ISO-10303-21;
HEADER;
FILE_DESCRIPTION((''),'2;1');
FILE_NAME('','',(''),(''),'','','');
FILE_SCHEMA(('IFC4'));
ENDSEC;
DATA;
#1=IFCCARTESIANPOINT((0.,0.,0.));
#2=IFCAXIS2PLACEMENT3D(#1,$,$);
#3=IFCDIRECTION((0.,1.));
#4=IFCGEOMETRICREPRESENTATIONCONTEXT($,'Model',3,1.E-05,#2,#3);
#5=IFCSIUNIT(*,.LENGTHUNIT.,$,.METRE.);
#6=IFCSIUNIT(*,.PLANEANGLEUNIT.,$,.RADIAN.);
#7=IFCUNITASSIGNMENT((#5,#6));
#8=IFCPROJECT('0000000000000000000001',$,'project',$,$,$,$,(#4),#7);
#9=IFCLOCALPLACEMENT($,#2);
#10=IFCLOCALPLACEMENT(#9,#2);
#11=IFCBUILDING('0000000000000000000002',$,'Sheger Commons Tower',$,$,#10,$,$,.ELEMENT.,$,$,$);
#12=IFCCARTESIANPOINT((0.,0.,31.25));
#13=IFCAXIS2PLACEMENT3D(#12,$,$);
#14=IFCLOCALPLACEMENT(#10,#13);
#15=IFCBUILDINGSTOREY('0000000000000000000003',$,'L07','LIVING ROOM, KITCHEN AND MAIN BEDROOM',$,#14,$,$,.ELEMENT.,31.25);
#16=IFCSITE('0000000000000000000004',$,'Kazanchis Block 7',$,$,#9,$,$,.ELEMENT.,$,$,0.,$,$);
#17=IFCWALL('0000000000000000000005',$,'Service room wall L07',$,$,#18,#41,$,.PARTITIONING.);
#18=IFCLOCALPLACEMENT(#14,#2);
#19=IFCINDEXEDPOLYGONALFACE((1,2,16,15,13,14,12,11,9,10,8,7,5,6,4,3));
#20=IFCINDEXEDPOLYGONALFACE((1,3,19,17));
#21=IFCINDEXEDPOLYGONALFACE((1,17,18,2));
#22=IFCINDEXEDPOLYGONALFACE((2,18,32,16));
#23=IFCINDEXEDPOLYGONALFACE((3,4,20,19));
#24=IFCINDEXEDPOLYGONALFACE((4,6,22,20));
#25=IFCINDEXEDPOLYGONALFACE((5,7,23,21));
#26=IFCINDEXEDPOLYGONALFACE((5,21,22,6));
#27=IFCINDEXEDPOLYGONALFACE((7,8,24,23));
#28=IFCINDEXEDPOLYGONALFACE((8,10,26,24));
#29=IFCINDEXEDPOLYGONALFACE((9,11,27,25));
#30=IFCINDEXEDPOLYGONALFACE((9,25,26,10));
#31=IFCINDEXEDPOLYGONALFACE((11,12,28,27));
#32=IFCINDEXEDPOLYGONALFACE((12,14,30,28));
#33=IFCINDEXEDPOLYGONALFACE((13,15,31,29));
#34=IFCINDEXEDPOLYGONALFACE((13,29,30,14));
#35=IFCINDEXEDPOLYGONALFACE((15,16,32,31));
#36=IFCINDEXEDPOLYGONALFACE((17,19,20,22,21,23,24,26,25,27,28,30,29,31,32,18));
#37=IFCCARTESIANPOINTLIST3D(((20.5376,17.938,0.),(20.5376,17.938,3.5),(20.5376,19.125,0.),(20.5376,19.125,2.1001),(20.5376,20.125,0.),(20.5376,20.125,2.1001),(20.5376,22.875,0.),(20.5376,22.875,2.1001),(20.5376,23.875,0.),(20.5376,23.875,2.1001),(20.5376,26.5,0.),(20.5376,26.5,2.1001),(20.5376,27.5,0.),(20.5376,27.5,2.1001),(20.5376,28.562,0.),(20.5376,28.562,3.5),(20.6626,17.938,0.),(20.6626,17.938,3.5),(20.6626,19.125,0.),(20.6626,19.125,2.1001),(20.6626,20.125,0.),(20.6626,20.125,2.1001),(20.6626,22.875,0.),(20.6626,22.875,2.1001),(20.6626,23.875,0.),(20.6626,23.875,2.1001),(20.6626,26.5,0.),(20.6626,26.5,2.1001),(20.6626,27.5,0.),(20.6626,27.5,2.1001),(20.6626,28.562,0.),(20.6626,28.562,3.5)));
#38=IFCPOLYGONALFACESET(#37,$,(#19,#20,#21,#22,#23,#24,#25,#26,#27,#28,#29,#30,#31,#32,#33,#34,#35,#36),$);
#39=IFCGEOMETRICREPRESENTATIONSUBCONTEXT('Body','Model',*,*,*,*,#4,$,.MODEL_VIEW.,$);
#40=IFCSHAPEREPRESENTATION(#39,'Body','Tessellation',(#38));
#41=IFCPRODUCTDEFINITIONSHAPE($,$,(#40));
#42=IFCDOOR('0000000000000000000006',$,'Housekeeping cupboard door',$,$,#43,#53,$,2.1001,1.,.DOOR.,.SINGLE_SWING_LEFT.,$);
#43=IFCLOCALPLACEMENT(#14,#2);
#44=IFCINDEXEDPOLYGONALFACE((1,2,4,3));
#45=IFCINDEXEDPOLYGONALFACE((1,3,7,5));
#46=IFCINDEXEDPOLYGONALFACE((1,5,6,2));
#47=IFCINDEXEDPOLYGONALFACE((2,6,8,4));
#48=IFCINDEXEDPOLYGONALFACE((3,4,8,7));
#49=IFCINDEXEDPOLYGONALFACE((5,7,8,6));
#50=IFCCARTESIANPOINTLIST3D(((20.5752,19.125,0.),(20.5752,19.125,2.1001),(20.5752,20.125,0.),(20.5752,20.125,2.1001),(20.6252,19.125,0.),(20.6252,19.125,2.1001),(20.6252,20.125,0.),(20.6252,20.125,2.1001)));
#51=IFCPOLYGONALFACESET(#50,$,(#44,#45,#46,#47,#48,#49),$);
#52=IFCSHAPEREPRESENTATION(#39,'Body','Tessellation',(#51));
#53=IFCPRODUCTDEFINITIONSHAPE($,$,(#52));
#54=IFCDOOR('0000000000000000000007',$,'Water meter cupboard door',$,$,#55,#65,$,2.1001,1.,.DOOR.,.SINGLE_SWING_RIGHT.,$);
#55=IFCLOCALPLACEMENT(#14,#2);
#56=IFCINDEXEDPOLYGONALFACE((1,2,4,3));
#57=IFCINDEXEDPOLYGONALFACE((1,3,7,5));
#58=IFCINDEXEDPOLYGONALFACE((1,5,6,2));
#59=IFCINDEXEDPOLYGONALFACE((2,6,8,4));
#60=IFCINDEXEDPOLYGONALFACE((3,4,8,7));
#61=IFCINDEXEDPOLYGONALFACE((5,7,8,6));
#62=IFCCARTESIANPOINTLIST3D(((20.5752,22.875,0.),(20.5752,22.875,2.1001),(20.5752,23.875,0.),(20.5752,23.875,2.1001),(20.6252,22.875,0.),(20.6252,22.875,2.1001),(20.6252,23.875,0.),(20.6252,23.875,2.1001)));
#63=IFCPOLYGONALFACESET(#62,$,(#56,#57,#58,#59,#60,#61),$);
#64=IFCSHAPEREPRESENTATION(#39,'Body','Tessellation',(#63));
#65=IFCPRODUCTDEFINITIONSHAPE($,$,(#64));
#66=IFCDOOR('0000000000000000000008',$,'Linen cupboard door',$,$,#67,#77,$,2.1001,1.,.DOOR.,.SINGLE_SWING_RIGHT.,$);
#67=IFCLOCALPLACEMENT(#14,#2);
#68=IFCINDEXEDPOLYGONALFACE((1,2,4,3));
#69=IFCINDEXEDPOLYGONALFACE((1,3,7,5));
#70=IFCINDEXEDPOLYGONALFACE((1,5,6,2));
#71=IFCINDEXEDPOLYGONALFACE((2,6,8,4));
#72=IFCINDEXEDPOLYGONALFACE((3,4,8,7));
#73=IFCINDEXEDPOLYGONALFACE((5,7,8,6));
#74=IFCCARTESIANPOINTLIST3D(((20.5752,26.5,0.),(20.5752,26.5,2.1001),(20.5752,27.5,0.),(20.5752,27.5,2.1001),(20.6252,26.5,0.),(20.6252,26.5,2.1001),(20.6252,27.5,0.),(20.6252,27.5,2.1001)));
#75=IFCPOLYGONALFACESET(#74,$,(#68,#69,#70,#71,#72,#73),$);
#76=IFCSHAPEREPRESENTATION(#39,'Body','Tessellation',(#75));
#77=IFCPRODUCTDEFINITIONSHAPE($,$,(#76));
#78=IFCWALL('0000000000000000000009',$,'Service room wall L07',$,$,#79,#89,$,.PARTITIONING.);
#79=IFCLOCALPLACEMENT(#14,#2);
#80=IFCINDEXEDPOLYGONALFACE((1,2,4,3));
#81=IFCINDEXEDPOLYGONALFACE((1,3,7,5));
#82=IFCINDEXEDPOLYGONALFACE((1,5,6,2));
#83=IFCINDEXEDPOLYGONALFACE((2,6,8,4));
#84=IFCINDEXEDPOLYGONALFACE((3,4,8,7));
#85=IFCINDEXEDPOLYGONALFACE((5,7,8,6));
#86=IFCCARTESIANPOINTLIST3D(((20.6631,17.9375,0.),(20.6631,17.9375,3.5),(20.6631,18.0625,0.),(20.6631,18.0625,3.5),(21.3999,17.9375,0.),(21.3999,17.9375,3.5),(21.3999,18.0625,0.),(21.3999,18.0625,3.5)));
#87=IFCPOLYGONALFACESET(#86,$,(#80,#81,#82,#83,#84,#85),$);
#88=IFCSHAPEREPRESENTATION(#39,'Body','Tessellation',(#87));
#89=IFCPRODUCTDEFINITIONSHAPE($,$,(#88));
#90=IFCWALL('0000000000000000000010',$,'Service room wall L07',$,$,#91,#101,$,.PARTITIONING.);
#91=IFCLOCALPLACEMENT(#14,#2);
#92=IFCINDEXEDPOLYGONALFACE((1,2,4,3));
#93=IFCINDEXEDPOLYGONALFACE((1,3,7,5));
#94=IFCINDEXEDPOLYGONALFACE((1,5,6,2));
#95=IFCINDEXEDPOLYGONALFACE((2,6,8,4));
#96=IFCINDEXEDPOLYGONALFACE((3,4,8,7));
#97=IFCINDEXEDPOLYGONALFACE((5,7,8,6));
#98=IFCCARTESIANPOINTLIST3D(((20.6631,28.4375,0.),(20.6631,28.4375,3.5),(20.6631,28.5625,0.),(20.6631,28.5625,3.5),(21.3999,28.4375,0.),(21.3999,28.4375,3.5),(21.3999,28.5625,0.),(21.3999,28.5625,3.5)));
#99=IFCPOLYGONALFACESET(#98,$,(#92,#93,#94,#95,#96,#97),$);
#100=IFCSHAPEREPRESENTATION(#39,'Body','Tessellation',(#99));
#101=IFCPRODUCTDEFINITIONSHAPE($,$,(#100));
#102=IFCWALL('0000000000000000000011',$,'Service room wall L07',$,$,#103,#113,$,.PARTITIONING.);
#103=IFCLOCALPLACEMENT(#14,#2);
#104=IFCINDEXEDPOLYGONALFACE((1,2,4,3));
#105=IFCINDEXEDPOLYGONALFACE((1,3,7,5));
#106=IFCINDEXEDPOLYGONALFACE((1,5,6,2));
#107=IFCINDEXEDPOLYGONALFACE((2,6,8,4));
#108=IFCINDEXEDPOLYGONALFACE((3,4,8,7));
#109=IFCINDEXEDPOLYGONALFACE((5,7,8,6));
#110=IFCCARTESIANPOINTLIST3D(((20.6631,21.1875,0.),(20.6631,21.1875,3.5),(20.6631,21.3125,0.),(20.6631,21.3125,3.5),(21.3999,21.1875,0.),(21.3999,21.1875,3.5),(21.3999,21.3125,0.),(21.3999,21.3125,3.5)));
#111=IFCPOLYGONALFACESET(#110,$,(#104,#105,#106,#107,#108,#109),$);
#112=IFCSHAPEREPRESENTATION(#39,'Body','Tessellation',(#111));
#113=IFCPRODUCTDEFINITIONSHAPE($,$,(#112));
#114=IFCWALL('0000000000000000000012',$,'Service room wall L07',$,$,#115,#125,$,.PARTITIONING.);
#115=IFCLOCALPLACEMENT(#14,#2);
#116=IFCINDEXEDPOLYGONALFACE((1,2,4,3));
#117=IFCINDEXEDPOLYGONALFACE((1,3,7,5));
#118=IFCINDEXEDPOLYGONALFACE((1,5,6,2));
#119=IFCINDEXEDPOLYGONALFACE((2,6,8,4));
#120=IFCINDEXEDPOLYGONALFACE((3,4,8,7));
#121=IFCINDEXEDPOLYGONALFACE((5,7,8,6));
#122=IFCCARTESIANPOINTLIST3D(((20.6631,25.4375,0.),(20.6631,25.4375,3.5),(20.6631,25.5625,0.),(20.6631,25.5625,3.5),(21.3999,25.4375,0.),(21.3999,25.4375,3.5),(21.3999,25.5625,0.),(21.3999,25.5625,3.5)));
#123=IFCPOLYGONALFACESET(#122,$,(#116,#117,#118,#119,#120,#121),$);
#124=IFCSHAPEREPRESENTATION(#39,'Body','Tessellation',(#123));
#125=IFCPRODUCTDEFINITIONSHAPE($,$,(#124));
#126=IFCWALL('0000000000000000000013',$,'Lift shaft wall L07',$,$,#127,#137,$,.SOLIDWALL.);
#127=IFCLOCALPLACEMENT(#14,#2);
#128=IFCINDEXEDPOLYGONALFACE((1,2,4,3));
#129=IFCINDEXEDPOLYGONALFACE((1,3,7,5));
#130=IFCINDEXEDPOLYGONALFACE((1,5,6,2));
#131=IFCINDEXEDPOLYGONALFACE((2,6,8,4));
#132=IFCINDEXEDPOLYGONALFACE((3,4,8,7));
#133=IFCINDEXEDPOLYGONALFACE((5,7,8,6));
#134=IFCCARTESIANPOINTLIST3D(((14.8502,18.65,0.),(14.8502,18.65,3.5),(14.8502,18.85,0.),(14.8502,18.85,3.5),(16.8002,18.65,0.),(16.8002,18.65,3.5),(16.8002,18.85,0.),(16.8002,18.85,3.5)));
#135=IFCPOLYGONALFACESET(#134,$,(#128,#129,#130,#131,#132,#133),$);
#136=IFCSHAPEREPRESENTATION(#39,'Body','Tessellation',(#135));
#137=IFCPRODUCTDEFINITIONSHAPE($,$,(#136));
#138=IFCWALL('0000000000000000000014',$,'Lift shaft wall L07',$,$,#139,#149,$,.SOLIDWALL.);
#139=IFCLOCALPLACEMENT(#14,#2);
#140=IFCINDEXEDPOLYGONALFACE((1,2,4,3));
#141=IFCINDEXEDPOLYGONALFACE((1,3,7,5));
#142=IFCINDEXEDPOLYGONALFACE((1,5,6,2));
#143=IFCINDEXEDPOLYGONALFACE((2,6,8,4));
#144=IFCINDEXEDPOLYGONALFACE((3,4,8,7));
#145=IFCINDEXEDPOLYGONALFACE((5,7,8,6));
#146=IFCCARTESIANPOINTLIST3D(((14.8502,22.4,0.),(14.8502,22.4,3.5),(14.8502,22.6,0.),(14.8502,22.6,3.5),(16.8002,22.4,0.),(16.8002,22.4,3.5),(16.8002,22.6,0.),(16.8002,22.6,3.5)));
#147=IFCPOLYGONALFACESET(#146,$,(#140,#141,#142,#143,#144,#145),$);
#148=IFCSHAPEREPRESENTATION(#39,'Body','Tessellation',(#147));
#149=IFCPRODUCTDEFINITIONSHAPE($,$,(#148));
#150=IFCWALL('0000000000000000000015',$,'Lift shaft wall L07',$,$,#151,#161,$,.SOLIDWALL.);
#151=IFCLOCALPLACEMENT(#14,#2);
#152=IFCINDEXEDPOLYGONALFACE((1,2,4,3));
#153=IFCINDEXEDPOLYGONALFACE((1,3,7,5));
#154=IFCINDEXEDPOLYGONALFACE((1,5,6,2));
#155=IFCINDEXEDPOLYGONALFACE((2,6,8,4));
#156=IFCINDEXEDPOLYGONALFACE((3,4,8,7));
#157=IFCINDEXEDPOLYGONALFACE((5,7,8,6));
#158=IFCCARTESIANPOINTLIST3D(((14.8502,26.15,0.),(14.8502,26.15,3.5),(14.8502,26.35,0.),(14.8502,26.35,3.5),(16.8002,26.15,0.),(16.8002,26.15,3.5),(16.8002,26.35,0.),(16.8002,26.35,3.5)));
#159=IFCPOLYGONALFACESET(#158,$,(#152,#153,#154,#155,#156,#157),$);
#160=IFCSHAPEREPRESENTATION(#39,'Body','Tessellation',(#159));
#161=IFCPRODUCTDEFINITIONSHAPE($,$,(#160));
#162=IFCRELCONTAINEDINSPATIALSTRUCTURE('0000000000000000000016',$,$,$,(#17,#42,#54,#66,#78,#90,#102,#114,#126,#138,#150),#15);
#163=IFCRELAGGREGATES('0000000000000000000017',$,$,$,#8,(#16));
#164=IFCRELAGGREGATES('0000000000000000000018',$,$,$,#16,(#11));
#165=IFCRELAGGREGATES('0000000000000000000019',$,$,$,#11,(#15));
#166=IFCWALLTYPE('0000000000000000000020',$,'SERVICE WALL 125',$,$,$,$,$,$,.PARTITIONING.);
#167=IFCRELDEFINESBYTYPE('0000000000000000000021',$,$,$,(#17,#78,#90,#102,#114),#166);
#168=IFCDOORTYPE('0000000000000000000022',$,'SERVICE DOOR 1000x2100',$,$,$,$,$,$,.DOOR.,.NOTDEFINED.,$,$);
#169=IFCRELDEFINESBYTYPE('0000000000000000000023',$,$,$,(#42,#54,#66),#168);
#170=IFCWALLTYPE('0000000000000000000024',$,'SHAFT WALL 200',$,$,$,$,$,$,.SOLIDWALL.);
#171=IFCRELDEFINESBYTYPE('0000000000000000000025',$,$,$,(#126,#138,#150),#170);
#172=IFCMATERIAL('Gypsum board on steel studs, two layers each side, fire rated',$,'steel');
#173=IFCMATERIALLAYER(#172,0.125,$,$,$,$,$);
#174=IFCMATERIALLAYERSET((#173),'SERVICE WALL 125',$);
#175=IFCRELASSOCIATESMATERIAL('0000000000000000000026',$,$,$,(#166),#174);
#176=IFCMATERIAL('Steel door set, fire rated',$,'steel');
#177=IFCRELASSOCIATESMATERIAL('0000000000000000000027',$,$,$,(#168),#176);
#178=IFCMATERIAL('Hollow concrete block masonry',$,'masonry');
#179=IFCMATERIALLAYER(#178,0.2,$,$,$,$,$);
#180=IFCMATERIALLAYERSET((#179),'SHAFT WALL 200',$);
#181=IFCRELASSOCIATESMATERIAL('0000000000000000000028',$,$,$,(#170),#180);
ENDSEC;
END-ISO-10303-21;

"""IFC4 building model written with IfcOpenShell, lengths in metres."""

from ifc_helpers import new_model, si_unit, direction, frame, frame_2d, origin, place, context, subcontext, project, spatial, rectangle, extrude, material, layer, layer_set, type_object, element, fill, save


model = new_model("IFC4")

# Units and contexts
model_context = context("Model", 3, precision=1e-05, world=origin(), true_north=direction((0.0, 1.0)))
body_context = subcontext(model_context, "Body", "Model", "MODEL_VIEW")
ifc_project = project(units=[si_unit("LENGTHUNIT", "METRE"), si_unit("PLANEANGLEUNIT", "RADIAN")], contexts=[model_context])

# Site, building, storey
site_placement = place(None, origin())
site = spatial("IfcSite", under=ifc_project, at=site_placement, Name="Kazanchis Block 7", CompositionType="ELEMENT", RefElevation=0.0)
building_placement = place(site_placement, origin())
building = spatial("IfcBuilding", under=site, at=building_placement, Name="Sheger Commons Tower", CompositionType="ELEMENT")
storey_placement = place(building_placement, frame((0.0, 0.0, 31.25)))
storey = spatial("IfcBuildingStorey", under=building, at=storey_placement, Name="L07", Description="LIVING ROOM, KITCHEN AND MAIN BEDROOM", CompositionType="ELEMENT", Elevation=31.25)

# Shared definitions
ifc_material_1 = material(Name="Gypsum board on steel studs, two layers each side, fire rated", Category="steel")
ifc_layer_1 = layer(ifc_material_1, 0.125)
ifc_layer_set_1 = layer_set([ifc_layer_1], Name="SERVICE WALL 125")
wall_type_1 = type_object("IfcWallType", Name="SERVICE WALL 125", PredefinedType="PARTITIONING", material=ifc_layer_set_1)

# Shared definitions
ifc_material_2 = material(Name="Steel door set, fire rated", Category="steel")
door_type_1 = type_object("IfcDoorType", Name="SERVICE DOOR 1000x2100", OperationType="NOTDEFINED", PredefinedType="DOOR", material=ifc_material_2)

# Wall, openings, doors
wall_1_placement = place(storey_placement, frame((20.6001, 17.938, 0.0), z_axis=(0.0, 0.0, 1.0), x_axis=(0.0, 1.0, 0.0)))
wall_1 = element("IfcWall", 1, at=wall_1_placement, inside=storey, type_object=wall_type_1, Name="Service room wall L07", PredefinedType="PARTITIONING", context=body_context, shape_type="SweptSolid", body=[
    extrude(rectangle(XDim=10.624, YDim=0.125, at=frame_2d((5.312, 0.0))), origin(), (0.0, 0.0, 1.0), 3.5),
])
opening_1_placement = place(wall_1_placement, frame((1.187, 0.0, 0.0)))
opening_1 = element("IfcOpeningElement", 2, at=opening_1_placement, cuts=wall_1, PredefinedType="OPENING", context=body_context, shape_type="SweptSolid", body=[
    extrude(rectangle(XDim=1.0, YDim=2.1001, at=frame_2d((0.5, 1.05))), frame((0.0, 0.0725, 0.0), z_axis=(0.0, -1.0, 0.0), x_axis=(1.0, 0.0, 0.0)), (0.0, 0.0, 1.0), 0.145),
])
opening_2_placement = place(wall_1_placement, frame((4.937, 0.0, 0.0)))
opening_2 = element("IfcOpeningElement", 3, at=opening_2_placement, cuts=wall_1, PredefinedType="OPENING", context=body_context, shape_type="SweptSolid", body=[
    extrude(rectangle(XDim=1.0, YDim=2.1001, at=frame_2d((0.5, 1.05))), frame((0.0, 0.0725, 0.0), z_axis=(0.0, -1.0, 0.0), x_axis=(1.0, 0.0, 0.0)), (0.0, 0.0, 1.0), 0.145),
])
opening_3_placement = place(wall_1_placement, frame((8.562, 0.0, 0.0)))
opening_3 = element("IfcOpeningElement", 4, at=opening_3_placement, cuts=wall_1, PredefinedType="OPENING", context=body_context, shape_type="SweptSolid", body=[
    extrude(rectangle(XDim=1.0, YDim=2.1001, at=frame_2d((0.5, 1.05))), frame((0.0, 0.0725, 0.0), z_axis=(0.0, -1.0, 0.0), x_axis=(1.0, 0.0, 0.0)), (0.0, 0.0, 1.0), 0.145),
])
door_1_placement = place(opening_1_placement, origin())
door_1 = element("IfcDoor", 5, at=door_1_placement, inside=storey, type_object=door_type_1, Name="Housekeeping cupboard door", OperationType="SINGLE_SWING_LEFT", OverallHeight=2.1001, OverallWidth=1.0, PredefinedType="DOOR", context=body_context, shape_type="SweptSolid", body=[
    extrude(rectangle(XDim=1.0, YDim=2.1001, at=frame_2d((0.5, 1.05))), frame((0.0, 0.0249, 0.0), z_axis=(0.0, -1.0, 0.0), x_axis=(1.0, 0.0, 0.0)), (0.0, 0.0, 1.0), 0.05),
])
fill(opening_1, door_1)
door_2_placement = place(opening_2_placement, origin())
door_2 = element("IfcDoor", 6, at=door_2_placement, inside=storey, type_object=door_type_1, Name="Water meter cupboard door", OperationType="SINGLE_SWING_RIGHT", OverallHeight=2.1001, OverallWidth=1.0, PredefinedType="DOOR", context=body_context, shape_type="SweptSolid", body=[
    extrude(rectangle(XDim=1.0, YDim=2.1001, at=frame_2d((0.5, 1.05))), frame((0.0, 0.0249, 0.0), z_axis=(0.0, -1.0, 0.0), x_axis=(1.0, 0.0, 0.0)), (0.0, 0.0, 1.0), 0.05),
])
fill(opening_2, door_2)
door_3_placement = place(opening_3_placement, origin())
door_3 = element("IfcDoor", 7, at=door_3_placement, inside=storey, type_object=door_type_1, Name="Linen cupboard door", OperationType="SINGLE_SWING_RIGHT", OverallHeight=2.1001, OverallWidth=1.0, PredefinedType="DOOR", context=body_context, shape_type="SweptSolid", body=[
    extrude(rectangle(XDim=1.0, YDim=2.1001, at=frame_2d((0.5, 1.05))), frame((0.0, 0.0249, 0.0), z_axis=(0.0, -1.0, 0.0), x_axis=(1.0, 0.0, 0.0)), (0.0, 0.0, 1.0), 0.05),
])
fill(opening_3, door_3)

# Walls
for number, where, z_axis, x_axis, name in (
    (8, (20.6631, 18.0, 0.0), (0.0, 0.0, 1.0), (1.0, 0.0, 0.0), "Service room wall L07"),
    (9, (20.6631, 28.5, 0.0), (0.0, 0.0, 1.0), (1.0, 0.0, 0.0), "Service room wall L07"),
    (10, (20.6631, 21.25, 0.0), (0.0, 0.0, 1.0), (1.0, 0.0, 0.0), "Service room wall L07"),
    (11, (20.6631, 25.5, 0.0), (0.0, 0.0, 1.0), (1.0, 0.0, 0.0), "Service room wall L07"),
):
    element("IfcWall", number, at=place(storey_placement, frame(where, z_axis=z_axis, x_axis=x_axis)), inside=storey, type_object=wall_type_1, Name=name, PredefinedType="PARTITIONING", context=body_context, shape_type="SweptSolid", body=[
        extrude(rectangle(XDim=0.7368, YDim=0.125, at=frame_2d((0.3684, 0.0))), origin(), (0.0, 0.0, 1.0), 3.5),
    ])
ifc_material_3 = material(Name="Hollow concrete block masonry", Category="masonry")
ifc_layer_2 = layer(ifc_material_3, 0.2)
ifc_layer_set_2 = layer_set([ifc_layer_2], Name="SHAFT WALL 200")
wall_type_2 = type_object("IfcWallType", Name="SHAFT WALL 200", PredefinedType="SOLIDWALL", material=ifc_layer_set_2)
for number, where, z_axis, x_axis, name in (
    (12, (14.8501, 18.75, 0.0), (0.0, 0.0, 1.0), (1.0, 0.0, 0.0), "Lift shaft wall L07"),
    (13, (14.8501, 22.5, 0.0), (0.0, 0.0, 1.0), (1.0, 0.0, 0.0), "Lift shaft wall L07"),
    (14, (14.8501, 26.25, 0.0), (0.0, 0.0, 1.0), (1.0, 0.0, 0.0), "Lift shaft wall L07"),
):
    element("IfcWall", number, at=place(storey_placement, frame(where, z_axis=z_axis, x_axis=x_axis)), inside=storey, type_object=wall_type_2, Name=name, PredefinedType="SOLIDWALL", context=body_context, shape_type="SweptSolid", body=[
        extrude(rectangle(XDim=1.95, YDim=0.2, at=frame_2d((0.9751, 0.0))), origin(), (0.0, 0.0, 1.0), 3.5),
    ])

save(model, "model.ifc")
